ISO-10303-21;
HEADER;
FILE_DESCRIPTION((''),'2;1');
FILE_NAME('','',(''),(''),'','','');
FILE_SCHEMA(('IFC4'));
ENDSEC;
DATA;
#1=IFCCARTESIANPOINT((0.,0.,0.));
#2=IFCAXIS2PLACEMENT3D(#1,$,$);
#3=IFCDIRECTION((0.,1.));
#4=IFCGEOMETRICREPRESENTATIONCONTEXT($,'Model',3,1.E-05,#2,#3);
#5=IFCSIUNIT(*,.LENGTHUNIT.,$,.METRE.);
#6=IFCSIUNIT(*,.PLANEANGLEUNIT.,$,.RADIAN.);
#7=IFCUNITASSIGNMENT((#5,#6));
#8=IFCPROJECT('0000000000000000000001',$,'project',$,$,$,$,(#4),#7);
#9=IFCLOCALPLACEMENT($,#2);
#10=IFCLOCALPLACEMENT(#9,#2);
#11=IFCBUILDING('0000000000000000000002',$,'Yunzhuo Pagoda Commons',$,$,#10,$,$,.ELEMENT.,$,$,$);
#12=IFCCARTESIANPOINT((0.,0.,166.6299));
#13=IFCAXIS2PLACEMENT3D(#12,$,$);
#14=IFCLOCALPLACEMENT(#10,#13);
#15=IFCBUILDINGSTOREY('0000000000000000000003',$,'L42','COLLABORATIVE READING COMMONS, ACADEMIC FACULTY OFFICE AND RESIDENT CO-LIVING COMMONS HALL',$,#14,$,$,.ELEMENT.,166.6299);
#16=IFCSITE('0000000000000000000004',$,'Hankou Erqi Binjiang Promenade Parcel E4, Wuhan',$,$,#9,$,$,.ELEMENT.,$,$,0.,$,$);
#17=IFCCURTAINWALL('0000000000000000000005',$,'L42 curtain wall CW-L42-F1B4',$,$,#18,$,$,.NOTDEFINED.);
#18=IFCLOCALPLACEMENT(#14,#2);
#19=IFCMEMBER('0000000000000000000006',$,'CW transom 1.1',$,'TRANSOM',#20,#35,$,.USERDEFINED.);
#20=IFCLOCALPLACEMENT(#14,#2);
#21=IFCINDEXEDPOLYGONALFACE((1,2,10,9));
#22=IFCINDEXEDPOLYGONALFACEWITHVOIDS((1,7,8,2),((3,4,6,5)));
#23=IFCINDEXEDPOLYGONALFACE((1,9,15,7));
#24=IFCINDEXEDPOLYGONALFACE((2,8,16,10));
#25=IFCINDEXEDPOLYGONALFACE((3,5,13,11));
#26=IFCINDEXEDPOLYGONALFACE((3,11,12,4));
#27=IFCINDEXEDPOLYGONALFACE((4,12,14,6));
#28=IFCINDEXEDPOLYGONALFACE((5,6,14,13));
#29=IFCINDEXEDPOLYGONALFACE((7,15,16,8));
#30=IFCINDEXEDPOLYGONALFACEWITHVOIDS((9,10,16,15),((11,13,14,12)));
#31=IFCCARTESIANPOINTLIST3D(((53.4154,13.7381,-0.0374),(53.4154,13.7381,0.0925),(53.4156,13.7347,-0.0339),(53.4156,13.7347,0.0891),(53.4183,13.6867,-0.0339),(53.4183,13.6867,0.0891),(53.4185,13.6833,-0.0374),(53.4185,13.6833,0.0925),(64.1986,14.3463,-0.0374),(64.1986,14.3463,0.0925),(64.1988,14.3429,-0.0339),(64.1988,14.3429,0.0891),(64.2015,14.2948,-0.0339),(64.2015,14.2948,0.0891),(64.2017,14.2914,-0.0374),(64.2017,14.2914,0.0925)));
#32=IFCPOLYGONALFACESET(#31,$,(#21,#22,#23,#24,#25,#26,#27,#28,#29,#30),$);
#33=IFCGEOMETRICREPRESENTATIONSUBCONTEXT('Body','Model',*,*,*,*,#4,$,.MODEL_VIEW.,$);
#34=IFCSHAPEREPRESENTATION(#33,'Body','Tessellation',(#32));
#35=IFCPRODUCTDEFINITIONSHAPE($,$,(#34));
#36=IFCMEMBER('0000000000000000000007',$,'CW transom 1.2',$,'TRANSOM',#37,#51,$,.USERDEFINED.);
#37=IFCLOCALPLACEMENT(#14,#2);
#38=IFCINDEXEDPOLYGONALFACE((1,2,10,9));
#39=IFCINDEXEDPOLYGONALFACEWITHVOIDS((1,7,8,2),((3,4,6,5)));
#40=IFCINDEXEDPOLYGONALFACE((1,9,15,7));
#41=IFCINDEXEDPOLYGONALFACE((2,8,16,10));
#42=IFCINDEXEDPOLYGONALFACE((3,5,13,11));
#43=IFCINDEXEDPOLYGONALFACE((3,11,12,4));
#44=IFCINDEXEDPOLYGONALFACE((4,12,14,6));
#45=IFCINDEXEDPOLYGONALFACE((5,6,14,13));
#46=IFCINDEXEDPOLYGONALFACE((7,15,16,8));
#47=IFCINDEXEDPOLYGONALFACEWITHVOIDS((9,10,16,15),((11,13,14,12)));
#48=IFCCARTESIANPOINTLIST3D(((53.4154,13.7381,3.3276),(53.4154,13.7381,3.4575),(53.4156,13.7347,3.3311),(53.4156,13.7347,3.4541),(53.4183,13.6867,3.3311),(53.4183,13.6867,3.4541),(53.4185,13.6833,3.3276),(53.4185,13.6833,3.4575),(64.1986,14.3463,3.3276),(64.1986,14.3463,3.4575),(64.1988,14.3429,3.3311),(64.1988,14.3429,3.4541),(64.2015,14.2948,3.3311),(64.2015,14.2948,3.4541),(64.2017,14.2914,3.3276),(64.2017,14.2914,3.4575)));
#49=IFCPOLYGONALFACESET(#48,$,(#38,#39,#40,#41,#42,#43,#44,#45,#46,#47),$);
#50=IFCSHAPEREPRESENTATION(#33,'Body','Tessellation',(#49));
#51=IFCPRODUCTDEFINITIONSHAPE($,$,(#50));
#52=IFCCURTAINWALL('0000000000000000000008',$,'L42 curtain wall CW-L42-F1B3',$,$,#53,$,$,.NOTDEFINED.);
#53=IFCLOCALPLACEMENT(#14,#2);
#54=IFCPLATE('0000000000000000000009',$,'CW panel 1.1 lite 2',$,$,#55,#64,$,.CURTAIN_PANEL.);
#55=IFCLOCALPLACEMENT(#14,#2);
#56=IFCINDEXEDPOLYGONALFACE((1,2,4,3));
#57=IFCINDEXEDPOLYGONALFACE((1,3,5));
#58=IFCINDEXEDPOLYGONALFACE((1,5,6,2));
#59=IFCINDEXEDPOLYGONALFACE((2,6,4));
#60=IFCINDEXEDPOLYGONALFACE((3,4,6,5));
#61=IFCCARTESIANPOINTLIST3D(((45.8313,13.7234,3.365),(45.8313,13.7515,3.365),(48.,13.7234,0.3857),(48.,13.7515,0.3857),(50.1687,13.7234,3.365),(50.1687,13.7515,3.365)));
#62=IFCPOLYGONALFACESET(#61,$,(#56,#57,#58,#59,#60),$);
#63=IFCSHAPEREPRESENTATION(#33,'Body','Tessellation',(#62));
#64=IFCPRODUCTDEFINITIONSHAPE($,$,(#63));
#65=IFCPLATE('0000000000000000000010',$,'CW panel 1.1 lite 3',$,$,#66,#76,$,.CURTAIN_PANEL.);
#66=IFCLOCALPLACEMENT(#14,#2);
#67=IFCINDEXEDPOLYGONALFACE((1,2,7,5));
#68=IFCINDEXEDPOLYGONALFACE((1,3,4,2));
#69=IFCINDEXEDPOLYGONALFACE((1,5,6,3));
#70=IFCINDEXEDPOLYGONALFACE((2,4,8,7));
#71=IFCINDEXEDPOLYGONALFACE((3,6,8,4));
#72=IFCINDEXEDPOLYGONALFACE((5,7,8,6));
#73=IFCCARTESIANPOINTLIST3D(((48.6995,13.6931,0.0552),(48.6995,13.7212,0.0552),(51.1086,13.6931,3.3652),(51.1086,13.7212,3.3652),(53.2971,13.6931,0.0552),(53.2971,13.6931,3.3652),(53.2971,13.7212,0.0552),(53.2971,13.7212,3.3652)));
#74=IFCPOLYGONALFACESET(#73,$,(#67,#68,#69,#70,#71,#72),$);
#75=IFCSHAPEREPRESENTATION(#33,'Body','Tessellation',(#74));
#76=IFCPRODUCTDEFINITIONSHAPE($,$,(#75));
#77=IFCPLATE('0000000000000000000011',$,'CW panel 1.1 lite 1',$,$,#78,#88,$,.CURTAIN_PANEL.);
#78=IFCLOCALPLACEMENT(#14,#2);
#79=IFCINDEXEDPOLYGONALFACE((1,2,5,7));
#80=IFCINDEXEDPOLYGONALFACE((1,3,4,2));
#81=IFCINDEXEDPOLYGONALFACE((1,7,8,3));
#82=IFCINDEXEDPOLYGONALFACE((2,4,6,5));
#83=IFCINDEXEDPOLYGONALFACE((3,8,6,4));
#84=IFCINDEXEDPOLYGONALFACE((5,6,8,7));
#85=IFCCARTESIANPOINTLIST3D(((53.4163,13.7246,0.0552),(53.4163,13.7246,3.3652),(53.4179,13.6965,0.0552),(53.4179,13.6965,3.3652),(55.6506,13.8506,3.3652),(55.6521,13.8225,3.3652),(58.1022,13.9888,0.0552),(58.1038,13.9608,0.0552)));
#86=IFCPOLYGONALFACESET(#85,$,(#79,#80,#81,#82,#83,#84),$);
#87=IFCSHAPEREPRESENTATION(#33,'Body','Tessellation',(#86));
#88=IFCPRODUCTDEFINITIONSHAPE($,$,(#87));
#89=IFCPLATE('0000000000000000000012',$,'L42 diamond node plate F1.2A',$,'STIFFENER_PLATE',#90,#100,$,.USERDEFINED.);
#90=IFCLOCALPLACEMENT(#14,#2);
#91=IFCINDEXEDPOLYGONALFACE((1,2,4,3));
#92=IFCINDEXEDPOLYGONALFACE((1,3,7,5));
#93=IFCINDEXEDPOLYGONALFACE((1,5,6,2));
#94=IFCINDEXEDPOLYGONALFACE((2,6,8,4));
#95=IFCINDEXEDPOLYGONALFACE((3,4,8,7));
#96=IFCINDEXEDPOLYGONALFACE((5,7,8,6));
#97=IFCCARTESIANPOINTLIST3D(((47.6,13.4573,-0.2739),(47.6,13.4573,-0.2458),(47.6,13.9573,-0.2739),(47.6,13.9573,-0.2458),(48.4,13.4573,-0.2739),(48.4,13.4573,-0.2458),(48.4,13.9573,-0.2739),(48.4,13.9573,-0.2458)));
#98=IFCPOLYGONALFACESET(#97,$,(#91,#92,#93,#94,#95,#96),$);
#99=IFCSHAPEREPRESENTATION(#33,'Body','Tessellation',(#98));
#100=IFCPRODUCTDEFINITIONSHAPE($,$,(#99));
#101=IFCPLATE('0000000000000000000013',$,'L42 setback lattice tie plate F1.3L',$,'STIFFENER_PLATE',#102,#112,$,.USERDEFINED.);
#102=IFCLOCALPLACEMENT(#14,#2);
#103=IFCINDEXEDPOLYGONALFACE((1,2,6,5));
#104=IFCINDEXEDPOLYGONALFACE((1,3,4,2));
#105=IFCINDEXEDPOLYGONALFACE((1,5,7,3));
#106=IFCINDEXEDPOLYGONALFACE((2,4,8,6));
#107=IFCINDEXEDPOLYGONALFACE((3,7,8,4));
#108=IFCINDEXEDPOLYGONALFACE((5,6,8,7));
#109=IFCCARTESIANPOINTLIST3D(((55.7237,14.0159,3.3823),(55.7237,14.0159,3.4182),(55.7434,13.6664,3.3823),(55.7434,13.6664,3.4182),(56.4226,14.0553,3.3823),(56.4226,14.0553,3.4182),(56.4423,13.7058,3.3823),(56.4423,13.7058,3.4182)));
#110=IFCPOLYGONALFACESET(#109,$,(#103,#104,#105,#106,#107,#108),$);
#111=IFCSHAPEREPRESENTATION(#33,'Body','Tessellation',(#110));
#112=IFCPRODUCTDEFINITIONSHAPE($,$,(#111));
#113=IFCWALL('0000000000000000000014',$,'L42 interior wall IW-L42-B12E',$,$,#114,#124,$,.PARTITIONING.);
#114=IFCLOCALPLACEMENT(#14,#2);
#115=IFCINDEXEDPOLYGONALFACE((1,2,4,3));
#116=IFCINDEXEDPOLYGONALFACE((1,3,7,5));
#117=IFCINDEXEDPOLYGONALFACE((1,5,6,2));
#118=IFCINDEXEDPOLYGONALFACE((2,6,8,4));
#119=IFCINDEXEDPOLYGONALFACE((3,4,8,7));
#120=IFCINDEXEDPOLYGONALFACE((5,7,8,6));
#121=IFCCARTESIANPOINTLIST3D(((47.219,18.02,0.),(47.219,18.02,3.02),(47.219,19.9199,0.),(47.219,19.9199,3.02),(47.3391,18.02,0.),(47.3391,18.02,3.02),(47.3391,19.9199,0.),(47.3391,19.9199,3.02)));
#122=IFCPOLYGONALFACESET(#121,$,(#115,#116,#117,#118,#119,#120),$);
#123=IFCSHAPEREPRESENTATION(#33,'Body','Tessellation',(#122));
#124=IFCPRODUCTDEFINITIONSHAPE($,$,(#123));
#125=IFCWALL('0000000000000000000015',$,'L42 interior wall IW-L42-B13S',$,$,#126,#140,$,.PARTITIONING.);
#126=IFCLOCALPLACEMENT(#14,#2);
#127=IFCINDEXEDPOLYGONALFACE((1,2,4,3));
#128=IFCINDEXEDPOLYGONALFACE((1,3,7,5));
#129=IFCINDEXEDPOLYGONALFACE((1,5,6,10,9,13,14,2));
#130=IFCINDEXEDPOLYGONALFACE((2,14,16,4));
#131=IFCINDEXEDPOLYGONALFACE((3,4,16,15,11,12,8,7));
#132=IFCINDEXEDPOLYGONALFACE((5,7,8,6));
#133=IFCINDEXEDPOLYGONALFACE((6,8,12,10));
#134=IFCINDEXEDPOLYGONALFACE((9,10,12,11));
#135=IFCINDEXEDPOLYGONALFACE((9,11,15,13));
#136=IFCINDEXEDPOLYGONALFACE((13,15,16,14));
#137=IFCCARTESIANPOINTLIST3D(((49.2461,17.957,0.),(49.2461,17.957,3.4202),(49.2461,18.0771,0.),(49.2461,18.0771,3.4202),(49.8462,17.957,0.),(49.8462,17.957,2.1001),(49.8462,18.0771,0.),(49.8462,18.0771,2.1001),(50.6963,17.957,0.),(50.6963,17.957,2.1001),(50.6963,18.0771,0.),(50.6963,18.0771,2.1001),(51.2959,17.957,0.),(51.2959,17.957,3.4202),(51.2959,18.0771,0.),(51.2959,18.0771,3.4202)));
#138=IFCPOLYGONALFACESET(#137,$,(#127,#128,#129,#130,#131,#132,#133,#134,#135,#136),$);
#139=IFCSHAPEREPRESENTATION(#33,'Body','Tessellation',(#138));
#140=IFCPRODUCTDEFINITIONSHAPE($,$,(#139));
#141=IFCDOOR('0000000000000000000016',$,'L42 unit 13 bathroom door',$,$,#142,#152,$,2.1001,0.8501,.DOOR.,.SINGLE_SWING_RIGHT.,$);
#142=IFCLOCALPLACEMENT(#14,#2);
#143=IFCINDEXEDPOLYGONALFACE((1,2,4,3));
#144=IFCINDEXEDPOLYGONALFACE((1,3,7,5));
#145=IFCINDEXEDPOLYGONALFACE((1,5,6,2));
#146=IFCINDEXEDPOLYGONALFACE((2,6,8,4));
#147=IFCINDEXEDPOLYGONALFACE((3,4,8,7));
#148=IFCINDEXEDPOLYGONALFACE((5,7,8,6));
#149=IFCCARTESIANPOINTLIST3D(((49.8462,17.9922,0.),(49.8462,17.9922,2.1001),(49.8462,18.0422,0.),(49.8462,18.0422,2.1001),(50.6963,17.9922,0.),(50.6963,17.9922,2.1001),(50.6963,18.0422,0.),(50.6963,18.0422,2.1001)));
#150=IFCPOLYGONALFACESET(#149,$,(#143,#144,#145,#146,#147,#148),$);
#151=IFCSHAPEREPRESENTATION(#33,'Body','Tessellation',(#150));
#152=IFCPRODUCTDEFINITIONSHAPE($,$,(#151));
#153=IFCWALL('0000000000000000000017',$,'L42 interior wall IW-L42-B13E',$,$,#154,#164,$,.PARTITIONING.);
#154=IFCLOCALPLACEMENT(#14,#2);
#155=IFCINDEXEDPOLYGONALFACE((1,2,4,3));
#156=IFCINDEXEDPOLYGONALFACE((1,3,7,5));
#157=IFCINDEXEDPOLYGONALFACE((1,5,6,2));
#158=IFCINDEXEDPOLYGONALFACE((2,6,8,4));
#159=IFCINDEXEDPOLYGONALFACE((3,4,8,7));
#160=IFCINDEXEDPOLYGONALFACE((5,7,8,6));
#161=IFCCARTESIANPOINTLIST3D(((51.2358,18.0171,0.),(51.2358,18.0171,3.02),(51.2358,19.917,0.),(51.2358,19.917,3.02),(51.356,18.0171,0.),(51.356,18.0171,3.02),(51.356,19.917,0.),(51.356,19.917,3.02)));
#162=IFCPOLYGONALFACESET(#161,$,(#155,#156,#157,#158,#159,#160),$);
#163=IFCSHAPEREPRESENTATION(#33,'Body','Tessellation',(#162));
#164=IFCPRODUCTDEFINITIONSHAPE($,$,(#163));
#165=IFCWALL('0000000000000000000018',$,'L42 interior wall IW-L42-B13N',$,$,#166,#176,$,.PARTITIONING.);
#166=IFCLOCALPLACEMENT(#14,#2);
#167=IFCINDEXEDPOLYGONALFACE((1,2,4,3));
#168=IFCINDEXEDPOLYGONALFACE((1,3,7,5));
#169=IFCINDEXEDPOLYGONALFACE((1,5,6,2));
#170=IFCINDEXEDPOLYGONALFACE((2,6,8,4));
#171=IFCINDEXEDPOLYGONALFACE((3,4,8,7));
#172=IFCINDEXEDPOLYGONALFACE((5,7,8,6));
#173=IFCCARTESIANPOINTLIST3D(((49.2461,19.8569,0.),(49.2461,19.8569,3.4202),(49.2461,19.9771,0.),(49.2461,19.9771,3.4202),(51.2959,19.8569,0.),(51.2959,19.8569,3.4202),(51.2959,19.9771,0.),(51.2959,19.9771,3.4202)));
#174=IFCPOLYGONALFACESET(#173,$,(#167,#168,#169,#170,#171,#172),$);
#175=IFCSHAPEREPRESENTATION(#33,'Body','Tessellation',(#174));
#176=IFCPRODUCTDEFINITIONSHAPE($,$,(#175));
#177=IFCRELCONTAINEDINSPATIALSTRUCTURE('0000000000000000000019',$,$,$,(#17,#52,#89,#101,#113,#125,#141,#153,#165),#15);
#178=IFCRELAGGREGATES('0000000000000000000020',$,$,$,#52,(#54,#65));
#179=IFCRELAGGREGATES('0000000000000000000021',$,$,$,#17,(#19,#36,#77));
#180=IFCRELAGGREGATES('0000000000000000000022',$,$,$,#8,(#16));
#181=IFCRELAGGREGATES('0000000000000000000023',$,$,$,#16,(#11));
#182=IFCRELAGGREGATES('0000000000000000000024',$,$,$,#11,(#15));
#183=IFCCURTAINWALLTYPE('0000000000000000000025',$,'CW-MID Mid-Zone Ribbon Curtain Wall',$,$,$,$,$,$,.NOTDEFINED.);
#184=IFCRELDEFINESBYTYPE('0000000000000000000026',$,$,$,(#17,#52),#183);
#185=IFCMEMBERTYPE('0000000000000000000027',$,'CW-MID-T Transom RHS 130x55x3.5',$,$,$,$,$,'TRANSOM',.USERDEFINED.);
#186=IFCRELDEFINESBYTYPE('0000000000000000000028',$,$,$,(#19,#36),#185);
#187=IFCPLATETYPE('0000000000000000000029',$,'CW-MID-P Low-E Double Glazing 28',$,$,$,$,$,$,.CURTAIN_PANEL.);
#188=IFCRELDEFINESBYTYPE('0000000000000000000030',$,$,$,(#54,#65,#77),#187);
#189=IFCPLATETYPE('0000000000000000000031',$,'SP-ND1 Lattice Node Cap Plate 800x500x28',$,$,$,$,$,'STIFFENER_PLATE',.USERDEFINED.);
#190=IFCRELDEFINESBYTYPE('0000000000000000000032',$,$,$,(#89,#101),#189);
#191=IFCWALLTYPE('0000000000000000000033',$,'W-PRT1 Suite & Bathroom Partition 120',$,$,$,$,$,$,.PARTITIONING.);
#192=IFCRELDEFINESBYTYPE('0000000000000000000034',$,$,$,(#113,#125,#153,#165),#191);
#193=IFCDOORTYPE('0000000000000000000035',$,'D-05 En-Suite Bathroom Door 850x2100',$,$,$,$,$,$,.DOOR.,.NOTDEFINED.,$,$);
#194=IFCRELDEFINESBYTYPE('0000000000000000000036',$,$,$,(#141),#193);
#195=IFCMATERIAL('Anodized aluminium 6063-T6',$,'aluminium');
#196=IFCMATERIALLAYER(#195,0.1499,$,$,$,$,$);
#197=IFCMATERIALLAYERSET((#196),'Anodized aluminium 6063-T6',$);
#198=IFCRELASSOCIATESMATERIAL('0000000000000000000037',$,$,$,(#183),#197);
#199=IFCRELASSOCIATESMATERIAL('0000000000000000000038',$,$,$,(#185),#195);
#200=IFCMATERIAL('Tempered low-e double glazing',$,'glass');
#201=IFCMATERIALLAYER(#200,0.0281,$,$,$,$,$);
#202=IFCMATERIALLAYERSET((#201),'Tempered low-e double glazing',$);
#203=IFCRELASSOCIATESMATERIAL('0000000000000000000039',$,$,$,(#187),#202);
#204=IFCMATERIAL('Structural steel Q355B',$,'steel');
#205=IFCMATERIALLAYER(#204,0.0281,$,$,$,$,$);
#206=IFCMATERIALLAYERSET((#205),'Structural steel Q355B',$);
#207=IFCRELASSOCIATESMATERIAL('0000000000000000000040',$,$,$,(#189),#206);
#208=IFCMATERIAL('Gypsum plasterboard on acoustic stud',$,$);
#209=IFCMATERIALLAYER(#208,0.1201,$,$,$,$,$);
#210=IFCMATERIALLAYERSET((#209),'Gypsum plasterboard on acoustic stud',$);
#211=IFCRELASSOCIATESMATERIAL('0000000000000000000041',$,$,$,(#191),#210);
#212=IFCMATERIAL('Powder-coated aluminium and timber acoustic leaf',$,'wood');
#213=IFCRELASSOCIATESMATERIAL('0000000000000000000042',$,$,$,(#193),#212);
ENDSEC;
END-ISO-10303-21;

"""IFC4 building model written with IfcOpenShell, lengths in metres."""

from ifc_helpers import new_model, si_unit, direction, frame, frame_2d, origin, origin_2d, place, context, subcontext, project, spatial, polyline, rectangle, hollow_rectangle, outline, extrude, source, transform, mapped, material, layer, layer_set, material_profile, profile_set, type_object, element, fill, aggregate, save


model = new_model("IFC4")

# Units and contexts
model_context = context("Model", 3, precision=1e-05, world=origin(), true_north=direction((0.0, 1.0)))
body_context = subcontext(model_context, "Body", "Model", "MODEL_VIEW")
ifc_project = project(units=[si_unit("LENGTHUNIT", "METRE"), si_unit("PLANEANGLEUNIT", "RADIAN")], contexts=[model_context])

# Site, building, storey
site_placement = place(None, origin())
site = spatial("IfcSite", under=ifc_project, at=site_placement, Name="Hankou Erqi Binjiang Promenade Parcel E4, Wuhan", CompositionType="ELEMENT", RefElevation=0.0)
building_placement = place(site_placement, origin())
building = spatial("IfcBuilding", under=site, at=building_placement, Name="Yunzhuo Pagoda Commons", CompositionType="ELEMENT")
storey_placement = place(building_placement, frame((0.0, 0.0, 166.6299)))
storey = spatial("IfcBuildingStorey", under=building, at=storey_placement, Name="L42", Description="COLLABORATIVE READING COMMONS, ACADEMIC FACULTY OFFICE AND RESIDENT CO-LIVING COMMONS HALL", CompositionType="ELEMENT", Elevation=166.6299)

# Shared definitions
ifc_material_1 = material(Name="Structural steel Q355B", Category="steel")

# Curtain wall, members
ifc_material_2 = material(Name="Anodized aluminium 6063-T6", Category="aluminium")
ifc_layer_1 = layer(ifc_material_2, 0.1499)
ifc_layer_set_1 = layer_set([ifc_layer_1], Name="Anodized aluminium 6063-T6")
curtain_wall_type = type_object("IfcCurtainWallType", Name="CW-MID Mid-Zone Ribbon Curtain Wall", PredefinedType="NOTDEFINED", material=ifc_layer_set_1)
curtain_wall_1_placement = place(storey_placement, origin())
curtain_wall_1 = element("IfcCurtainWall", 1, at=curtain_wall_1_placement, inside=storey, type_object=curtain_wall_type, Name="L42 curtain wall CW-L42-F1B4", PredefinedType="NOTDEFINED")
ifc_material_profile_1 = material_profile(ifc_material_2, hollow_rectangle(XDim=0.0549, YDim=0.1299, WallThickness=0.0034, at=origin_2d()), Name="Anodized aluminium 6063-T6")
ifc_profile_set_1 = profile_set([ifc_material_profile_1], Name="Anodized aluminium 6063-T6")
member_type_1 = type_object("IfcMemberType", Name="CW-MID-T Transom RHS 130x55x3.5", ElementType="TRANSOM", PredefinedType="USERDEFINED", material=ifc_profile_set_1)
shared_shape_1 = source(origin(), body_context, "Body", "SweptSolid", [
    extrude(hollow_rectangle(XDim=0.0549, YDim=0.1299, WallThickness=0.0034, at=origin_2d()), origin(), (0.0, 0.0, 1.0), 10.8003),
])
member_1_placement = place(storey_placement, frame((53.417, 13.7107, 0.0276), z_axis=(0.998413, 0.056309, 0.0), x_axis=(-0.056309, 0.998413, 0.0)))
member_1 = element("IfcMember", 2, at=member_1_placement, type_object=member_type_1, Name="CW transom 1.1", ObjectType="TRANSOM", PredefinedType="USERDEFINED", context=body_context, shape_type="MappedRepresentation", body=[
    mapped(shared_shape_1, transform((0.0, 0.0, 0.0), scale=1.0)),
])
member_2_placement = place(storey_placement, frame((53.417, 13.7107, 3.3926), z_axis=(0.998413, 0.056309, 0.0), x_axis=(-0.056309, 0.998413, 0.0)))
member_2 = element("IfcMember", 3, at=member_2_placement, type_object=member_type_1, Name="CW transom 1.2", ObjectType="TRANSOM", PredefinedType="USERDEFINED", context=body_context, shape_type="MappedRepresentation", body=[
    mapped(shared_shape_1, transform((0.0, 0.0, 0.0), scale=1.0)),
])

# Curtain wall, plates
curtain_wall_2_placement = place(storey_placement, origin())
curtain_wall_2 = element("IfcCurtainWall", 4, at=curtain_wall_2_placement, inside=storey, type_object=curtain_wall_type, Name="L42 curtain wall CW-L42-F1B3", PredefinedType="NOTDEFINED")
ifc_material_3 = material(Name="Tempered low-e double glazing", Category="glass")
ifc_layer_2 = layer(ifc_material_3, 0.0281)
ifc_layer_set_2 = layer_set([ifc_layer_2], Name="Tempered low-e double glazing")
plate_type_1 = type_object("IfcPlateType", Name="CW-MID-P Low-E Double Glazing 28", PredefinedType="CURTAIN_PANEL", material=ifc_layer_set_2)
plate_1_placement = place(storey_placement, frame((48.0, 13.7515, 1.8755), z_axis=(0.0, -1.0, 0.0), x_axis=(1.0, 0.0, 0.0)))
plate_1 = element("IfcPlate", 5, at=plate_1_placement, type_object=plate_type_1, Name="CW panel 1.1 lite 2", PredefinedType="CURTAIN_PANEL", context=body_context, shape_type="SweptSolid", body=[
    extrude(outline(polyline([(-2.1687, 1.4895), (0.0, -1.4897), (2.1687, 1.4895), (-2.1687, 1.4895)])), origin(), (0.0, 0.0, 1.0), 0.0281),
])
plate_2_placement = place(storey_placement, frame((50.9983, 13.7212, 1.7102), z_axis=(0.0, -1.0, 0.0), x_axis=(1.0, 0.0, 0.0)))
plate_2 = element("IfcPlate", 6, at=plate_2_placement, type_object=plate_type_1, Name="CW panel 1.1 lite 3", PredefinedType="CURTAIN_PANEL", context=body_context, shape_type="SweptSolid", body=[
    extrude(outline(polyline([(-2.2988, -1.655), (2.2988, -1.655), (2.2988, 1.655), (0.1104, 1.655), (-2.2988, -1.655)])), origin(), (0.0, 0.0, 1.0), 0.0281),
])
aggregate(curtain_wall_2, [plate_1, plate_2])

# Plate
plate_3_placement = place(storey_placement, frame((55.7593, 13.8567, 1.7102), z_axis=(0.056299, -0.998414, 0.0), x_axis=(0.998414, 0.056299, 0.0)))
plate_3 = element("IfcPlate", 7, at=plate_3_placement, type_object=plate_type_1, Name="CW panel 1.1 lite 1", PredefinedType="CURTAIN_PANEL", context=body_context, shape_type="SweptSolid", body=[
    extrude(outline(polyline([(-2.3467, -1.655), (2.3467, -1.655), (-0.1089, 1.655), (-2.3467, 1.655), (-2.3467, -1.655)])), origin(), (0.0, 0.0, 1.0), 0.0281),
])
aggregate(curtain_wall_1, [member_1, member_2, plate_3])

# Plates
ifc_layer_3 = layer(ifc_material_1, 0.0281)
ifc_layer_set_3 = layer_set([ifc_layer_3], Name="Structural steel Q355B")
plate_type_2 = type_object("IfcPlateType", Name="SP-ND1 Lattice Node Cap Plate 800x500x28", ElementType="STIFFENER_PLATE", PredefinedType="USERDEFINED", material=ifc_layer_set_3)
shared_shape_2 = source(origin(), body_context, "Body", "SweptSolid", [
    extrude(rectangle(XDim=0.8, YDim=0.5, at=origin_2d()), origin(), (0.0, 0.0, 1.0), 0.0281),
])
plate_4_placement = place(storey_placement, frame((48.0, 13.7073, -0.2739), z_axis=(0.0, 0.0, 1.0), x_axis=(1.0, 0.0, 0.0)))
element("IfcPlate", 8, at=plate_4_placement, inside=storey, type_object=plate_type_2, Name="L42 diamond node plate F1.2A", ObjectType="STIFFENER_PLATE", PredefinedType="USERDEFINED", context=body_context, shape_type="MappedRepresentation", body=[
    mapped(shared_shape_2, transform((0.0, 0.0, 0.0), scale=1.0)),
])
shared_shape_3 = source(origin(), body_context, "Body", "SweptSolid", [
    extrude(rectangle(XDim=0.7, YDim=0.3501, at=origin_2d()), origin(), (0.0, 0.0, 1.0), 0.0359),
])
plate_5_placement = place(storey_placement, frame((56.083, 13.8608, 3.3823), z_axis=(0.0, 0.0, 1.0), x_axis=(0.998414, 0.056292, 0.0)))
element("IfcPlate", 9, at=plate_5_placement, inside=storey, type_object=plate_type_2, Name="L42 setback lattice tie plate F1.3L", ObjectType="STIFFENER_PLATE", PredefinedType="USERDEFINED", context=body_context, shape_type="MappedRepresentation", body=[
    mapped(shared_shape_3, transform((0.0, 0.0, 0.0), scale=1.0)),
])

# Wall
ifc_material_4 = material(Name="Gypsum plasterboard on acoustic stud")
ifc_layer_4 = layer(ifc_material_4, 0.1201)
ifc_layer_set_4 = layer_set([ifc_layer_4], Name="Gypsum plasterboard on acoustic stud")
wall_type = type_object("IfcWallType", Name="W-PRT1 Suite & Bathroom Partition 120", PredefinedType="PARTITIONING", material=ifc_layer_set_4)
wall_1_placement = place(storey_placement, frame((47.2791, 18.02, 0.0), z_axis=(0.0, 0.0, 1.0), x_axis=(0.0, 1.0, 0.0)))
element("IfcWall", 10, at=wall_1_placement, inside=storey, type_object=wall_type, Name="L42 interior wall IW-L42-B12E", PredefinedType="PARTITIONING", context=body_context, shape_type="SweptSolid", body=[
    extrude(rectangle(XDim=1.8999, YDim=0.1201, at=frame_2d((0.95, 0.0))), origin(), (0.0, 0.0, 1.0), 3.02),
])

# Wall, opening, door
wall_2_placement = place(storey_placement, frame((49.2461, 18.0171, 0.0), z_axis=(0.0, 0.0, 1.0), x_axis=(1.0, 0.0, 0.0)))
wall_2 = element("IfcWall", 11, at=wall_2_placement, inside=storey, type_object=wall_type, Name="L42 interior wall IW-L42-B13S", PredefinedType="PARTITIONING", context=body_context, shape_type="SweptSolid", body=[
    extrude(rectangle(XDim=2.0498, YDim=0.1201, at=frame_2d((1.0249, 0.0))), origin(), (0.0, 0.0, 1.0), 3.4202),
])
opening_1_placement = place(wall_2_placement, frame((0.6001, 0.0, 0.0)))
opening_1 = element("IfcOpeningElement", 12, at=opening_1_placement, cuts=wall_2, PredefinedType="OPENING", context=body_context, shape_type="SweptSolid", body=[
    extrude(rectangle(XDim=0.8501, YDim=2.1001, at=frame_2d((0.425, 1.05))), frame((0.0, 0.0701, 0.0), z_axis=(0.0, -1.0, 0.0), x_axis=(1.0, 0.0, 0.0)), (0.0, 0.0, 1.0), 0.1401),
])
ifc_material_5 = material(Name="Powder-coated aluminium and timber acoustic leaf", Category="wood")
door_type_1 = type_object("IfcDoorType", Name="D-05 En-Suite Bathroom Door 850x2100", OperationType="NOTDEFINED", PredefinedType="DOOR", material=ifc_material_5)
shared_shape_4 = source(origin(), body_context, "Body", "SweptSolid", [
    extrude(rectangle(XDim=0.8501, YDim=2.1001, at=frame_2d((0.425, 1.05))), frame((0.0, 0.0249, 0.0), z_axis=(0.0, -1.0, 0.0), x_axis=(1.0, 0.0, 0.0)), (0.0, 0.0, 1.0), 0.05),
])
door_1_placement = place(opening_1_placement, frame((0.8501, 0.0, 0.0), z_axis=(0.0, 0.0, 1.0), x_axis=(-1.0, 0.0, 0.0)))
door_1 = element("IfcDoor", 13, at=door_1_placement, inside=storey, type_object=door_type_1, Name="L42 unit 13 bathroom door", OperationType="SINGLE_SWING_RIGHT", OverallHeight=2.1001, OverallWidth=0.8501, PredefinedType="DOOR", context=body_context, shape_type="MappedRepresentation", body=[
    mapped(shared_shape_4, transform((0.0, 0.0, 0.0), scale=1.0)),
])
fill(opening_1, door_1)

# Walls
wall_3_placement = place(storey_placement, frame((51.2959, 18.0171, 0.0), z_axis=(0.0, 0.0, 1.0), x_axis=(0.0, 1.0, 0.0)))
element("IfcWall", 14, at=wall_3_placement, inside=storey, type_object=wall_type, Name="L42 interior wall IW-L42-B13E", PredefinedType="PARTITIONING", context=body_context, shape_type="SweptSolid", body=[
    extrude(rectangle(XDim=1.8999, YDim=0.1201, at=frame_2d((0.95, 0.0))), origin(), (0.0, 0.0, 1.0), 3.02),
])
wall_4_placement = place(storey_placement, frame((51.2959, 19.917, 0.0), z_axis=(0.0, 0.0, 1.0), x_axis=(-1.0, 0.0, 0.0)))
element("IfcWall", 15, at=wall_4_placement, inside=storey, type_object=wall_type, Name="L42 interior wall IW-L42-B13N", PredefinedType="PARTITIONING", context=body_context, shape_type="SweptSolid", body=[
    extrude(rectangle(XDim=2.0498, YDim=0.1201, at=frame_2d((1.0249, 0.0))), origin(), (0.0, 0.0, 1.0), 3.4202),
])

save(model, "model.ifc")
